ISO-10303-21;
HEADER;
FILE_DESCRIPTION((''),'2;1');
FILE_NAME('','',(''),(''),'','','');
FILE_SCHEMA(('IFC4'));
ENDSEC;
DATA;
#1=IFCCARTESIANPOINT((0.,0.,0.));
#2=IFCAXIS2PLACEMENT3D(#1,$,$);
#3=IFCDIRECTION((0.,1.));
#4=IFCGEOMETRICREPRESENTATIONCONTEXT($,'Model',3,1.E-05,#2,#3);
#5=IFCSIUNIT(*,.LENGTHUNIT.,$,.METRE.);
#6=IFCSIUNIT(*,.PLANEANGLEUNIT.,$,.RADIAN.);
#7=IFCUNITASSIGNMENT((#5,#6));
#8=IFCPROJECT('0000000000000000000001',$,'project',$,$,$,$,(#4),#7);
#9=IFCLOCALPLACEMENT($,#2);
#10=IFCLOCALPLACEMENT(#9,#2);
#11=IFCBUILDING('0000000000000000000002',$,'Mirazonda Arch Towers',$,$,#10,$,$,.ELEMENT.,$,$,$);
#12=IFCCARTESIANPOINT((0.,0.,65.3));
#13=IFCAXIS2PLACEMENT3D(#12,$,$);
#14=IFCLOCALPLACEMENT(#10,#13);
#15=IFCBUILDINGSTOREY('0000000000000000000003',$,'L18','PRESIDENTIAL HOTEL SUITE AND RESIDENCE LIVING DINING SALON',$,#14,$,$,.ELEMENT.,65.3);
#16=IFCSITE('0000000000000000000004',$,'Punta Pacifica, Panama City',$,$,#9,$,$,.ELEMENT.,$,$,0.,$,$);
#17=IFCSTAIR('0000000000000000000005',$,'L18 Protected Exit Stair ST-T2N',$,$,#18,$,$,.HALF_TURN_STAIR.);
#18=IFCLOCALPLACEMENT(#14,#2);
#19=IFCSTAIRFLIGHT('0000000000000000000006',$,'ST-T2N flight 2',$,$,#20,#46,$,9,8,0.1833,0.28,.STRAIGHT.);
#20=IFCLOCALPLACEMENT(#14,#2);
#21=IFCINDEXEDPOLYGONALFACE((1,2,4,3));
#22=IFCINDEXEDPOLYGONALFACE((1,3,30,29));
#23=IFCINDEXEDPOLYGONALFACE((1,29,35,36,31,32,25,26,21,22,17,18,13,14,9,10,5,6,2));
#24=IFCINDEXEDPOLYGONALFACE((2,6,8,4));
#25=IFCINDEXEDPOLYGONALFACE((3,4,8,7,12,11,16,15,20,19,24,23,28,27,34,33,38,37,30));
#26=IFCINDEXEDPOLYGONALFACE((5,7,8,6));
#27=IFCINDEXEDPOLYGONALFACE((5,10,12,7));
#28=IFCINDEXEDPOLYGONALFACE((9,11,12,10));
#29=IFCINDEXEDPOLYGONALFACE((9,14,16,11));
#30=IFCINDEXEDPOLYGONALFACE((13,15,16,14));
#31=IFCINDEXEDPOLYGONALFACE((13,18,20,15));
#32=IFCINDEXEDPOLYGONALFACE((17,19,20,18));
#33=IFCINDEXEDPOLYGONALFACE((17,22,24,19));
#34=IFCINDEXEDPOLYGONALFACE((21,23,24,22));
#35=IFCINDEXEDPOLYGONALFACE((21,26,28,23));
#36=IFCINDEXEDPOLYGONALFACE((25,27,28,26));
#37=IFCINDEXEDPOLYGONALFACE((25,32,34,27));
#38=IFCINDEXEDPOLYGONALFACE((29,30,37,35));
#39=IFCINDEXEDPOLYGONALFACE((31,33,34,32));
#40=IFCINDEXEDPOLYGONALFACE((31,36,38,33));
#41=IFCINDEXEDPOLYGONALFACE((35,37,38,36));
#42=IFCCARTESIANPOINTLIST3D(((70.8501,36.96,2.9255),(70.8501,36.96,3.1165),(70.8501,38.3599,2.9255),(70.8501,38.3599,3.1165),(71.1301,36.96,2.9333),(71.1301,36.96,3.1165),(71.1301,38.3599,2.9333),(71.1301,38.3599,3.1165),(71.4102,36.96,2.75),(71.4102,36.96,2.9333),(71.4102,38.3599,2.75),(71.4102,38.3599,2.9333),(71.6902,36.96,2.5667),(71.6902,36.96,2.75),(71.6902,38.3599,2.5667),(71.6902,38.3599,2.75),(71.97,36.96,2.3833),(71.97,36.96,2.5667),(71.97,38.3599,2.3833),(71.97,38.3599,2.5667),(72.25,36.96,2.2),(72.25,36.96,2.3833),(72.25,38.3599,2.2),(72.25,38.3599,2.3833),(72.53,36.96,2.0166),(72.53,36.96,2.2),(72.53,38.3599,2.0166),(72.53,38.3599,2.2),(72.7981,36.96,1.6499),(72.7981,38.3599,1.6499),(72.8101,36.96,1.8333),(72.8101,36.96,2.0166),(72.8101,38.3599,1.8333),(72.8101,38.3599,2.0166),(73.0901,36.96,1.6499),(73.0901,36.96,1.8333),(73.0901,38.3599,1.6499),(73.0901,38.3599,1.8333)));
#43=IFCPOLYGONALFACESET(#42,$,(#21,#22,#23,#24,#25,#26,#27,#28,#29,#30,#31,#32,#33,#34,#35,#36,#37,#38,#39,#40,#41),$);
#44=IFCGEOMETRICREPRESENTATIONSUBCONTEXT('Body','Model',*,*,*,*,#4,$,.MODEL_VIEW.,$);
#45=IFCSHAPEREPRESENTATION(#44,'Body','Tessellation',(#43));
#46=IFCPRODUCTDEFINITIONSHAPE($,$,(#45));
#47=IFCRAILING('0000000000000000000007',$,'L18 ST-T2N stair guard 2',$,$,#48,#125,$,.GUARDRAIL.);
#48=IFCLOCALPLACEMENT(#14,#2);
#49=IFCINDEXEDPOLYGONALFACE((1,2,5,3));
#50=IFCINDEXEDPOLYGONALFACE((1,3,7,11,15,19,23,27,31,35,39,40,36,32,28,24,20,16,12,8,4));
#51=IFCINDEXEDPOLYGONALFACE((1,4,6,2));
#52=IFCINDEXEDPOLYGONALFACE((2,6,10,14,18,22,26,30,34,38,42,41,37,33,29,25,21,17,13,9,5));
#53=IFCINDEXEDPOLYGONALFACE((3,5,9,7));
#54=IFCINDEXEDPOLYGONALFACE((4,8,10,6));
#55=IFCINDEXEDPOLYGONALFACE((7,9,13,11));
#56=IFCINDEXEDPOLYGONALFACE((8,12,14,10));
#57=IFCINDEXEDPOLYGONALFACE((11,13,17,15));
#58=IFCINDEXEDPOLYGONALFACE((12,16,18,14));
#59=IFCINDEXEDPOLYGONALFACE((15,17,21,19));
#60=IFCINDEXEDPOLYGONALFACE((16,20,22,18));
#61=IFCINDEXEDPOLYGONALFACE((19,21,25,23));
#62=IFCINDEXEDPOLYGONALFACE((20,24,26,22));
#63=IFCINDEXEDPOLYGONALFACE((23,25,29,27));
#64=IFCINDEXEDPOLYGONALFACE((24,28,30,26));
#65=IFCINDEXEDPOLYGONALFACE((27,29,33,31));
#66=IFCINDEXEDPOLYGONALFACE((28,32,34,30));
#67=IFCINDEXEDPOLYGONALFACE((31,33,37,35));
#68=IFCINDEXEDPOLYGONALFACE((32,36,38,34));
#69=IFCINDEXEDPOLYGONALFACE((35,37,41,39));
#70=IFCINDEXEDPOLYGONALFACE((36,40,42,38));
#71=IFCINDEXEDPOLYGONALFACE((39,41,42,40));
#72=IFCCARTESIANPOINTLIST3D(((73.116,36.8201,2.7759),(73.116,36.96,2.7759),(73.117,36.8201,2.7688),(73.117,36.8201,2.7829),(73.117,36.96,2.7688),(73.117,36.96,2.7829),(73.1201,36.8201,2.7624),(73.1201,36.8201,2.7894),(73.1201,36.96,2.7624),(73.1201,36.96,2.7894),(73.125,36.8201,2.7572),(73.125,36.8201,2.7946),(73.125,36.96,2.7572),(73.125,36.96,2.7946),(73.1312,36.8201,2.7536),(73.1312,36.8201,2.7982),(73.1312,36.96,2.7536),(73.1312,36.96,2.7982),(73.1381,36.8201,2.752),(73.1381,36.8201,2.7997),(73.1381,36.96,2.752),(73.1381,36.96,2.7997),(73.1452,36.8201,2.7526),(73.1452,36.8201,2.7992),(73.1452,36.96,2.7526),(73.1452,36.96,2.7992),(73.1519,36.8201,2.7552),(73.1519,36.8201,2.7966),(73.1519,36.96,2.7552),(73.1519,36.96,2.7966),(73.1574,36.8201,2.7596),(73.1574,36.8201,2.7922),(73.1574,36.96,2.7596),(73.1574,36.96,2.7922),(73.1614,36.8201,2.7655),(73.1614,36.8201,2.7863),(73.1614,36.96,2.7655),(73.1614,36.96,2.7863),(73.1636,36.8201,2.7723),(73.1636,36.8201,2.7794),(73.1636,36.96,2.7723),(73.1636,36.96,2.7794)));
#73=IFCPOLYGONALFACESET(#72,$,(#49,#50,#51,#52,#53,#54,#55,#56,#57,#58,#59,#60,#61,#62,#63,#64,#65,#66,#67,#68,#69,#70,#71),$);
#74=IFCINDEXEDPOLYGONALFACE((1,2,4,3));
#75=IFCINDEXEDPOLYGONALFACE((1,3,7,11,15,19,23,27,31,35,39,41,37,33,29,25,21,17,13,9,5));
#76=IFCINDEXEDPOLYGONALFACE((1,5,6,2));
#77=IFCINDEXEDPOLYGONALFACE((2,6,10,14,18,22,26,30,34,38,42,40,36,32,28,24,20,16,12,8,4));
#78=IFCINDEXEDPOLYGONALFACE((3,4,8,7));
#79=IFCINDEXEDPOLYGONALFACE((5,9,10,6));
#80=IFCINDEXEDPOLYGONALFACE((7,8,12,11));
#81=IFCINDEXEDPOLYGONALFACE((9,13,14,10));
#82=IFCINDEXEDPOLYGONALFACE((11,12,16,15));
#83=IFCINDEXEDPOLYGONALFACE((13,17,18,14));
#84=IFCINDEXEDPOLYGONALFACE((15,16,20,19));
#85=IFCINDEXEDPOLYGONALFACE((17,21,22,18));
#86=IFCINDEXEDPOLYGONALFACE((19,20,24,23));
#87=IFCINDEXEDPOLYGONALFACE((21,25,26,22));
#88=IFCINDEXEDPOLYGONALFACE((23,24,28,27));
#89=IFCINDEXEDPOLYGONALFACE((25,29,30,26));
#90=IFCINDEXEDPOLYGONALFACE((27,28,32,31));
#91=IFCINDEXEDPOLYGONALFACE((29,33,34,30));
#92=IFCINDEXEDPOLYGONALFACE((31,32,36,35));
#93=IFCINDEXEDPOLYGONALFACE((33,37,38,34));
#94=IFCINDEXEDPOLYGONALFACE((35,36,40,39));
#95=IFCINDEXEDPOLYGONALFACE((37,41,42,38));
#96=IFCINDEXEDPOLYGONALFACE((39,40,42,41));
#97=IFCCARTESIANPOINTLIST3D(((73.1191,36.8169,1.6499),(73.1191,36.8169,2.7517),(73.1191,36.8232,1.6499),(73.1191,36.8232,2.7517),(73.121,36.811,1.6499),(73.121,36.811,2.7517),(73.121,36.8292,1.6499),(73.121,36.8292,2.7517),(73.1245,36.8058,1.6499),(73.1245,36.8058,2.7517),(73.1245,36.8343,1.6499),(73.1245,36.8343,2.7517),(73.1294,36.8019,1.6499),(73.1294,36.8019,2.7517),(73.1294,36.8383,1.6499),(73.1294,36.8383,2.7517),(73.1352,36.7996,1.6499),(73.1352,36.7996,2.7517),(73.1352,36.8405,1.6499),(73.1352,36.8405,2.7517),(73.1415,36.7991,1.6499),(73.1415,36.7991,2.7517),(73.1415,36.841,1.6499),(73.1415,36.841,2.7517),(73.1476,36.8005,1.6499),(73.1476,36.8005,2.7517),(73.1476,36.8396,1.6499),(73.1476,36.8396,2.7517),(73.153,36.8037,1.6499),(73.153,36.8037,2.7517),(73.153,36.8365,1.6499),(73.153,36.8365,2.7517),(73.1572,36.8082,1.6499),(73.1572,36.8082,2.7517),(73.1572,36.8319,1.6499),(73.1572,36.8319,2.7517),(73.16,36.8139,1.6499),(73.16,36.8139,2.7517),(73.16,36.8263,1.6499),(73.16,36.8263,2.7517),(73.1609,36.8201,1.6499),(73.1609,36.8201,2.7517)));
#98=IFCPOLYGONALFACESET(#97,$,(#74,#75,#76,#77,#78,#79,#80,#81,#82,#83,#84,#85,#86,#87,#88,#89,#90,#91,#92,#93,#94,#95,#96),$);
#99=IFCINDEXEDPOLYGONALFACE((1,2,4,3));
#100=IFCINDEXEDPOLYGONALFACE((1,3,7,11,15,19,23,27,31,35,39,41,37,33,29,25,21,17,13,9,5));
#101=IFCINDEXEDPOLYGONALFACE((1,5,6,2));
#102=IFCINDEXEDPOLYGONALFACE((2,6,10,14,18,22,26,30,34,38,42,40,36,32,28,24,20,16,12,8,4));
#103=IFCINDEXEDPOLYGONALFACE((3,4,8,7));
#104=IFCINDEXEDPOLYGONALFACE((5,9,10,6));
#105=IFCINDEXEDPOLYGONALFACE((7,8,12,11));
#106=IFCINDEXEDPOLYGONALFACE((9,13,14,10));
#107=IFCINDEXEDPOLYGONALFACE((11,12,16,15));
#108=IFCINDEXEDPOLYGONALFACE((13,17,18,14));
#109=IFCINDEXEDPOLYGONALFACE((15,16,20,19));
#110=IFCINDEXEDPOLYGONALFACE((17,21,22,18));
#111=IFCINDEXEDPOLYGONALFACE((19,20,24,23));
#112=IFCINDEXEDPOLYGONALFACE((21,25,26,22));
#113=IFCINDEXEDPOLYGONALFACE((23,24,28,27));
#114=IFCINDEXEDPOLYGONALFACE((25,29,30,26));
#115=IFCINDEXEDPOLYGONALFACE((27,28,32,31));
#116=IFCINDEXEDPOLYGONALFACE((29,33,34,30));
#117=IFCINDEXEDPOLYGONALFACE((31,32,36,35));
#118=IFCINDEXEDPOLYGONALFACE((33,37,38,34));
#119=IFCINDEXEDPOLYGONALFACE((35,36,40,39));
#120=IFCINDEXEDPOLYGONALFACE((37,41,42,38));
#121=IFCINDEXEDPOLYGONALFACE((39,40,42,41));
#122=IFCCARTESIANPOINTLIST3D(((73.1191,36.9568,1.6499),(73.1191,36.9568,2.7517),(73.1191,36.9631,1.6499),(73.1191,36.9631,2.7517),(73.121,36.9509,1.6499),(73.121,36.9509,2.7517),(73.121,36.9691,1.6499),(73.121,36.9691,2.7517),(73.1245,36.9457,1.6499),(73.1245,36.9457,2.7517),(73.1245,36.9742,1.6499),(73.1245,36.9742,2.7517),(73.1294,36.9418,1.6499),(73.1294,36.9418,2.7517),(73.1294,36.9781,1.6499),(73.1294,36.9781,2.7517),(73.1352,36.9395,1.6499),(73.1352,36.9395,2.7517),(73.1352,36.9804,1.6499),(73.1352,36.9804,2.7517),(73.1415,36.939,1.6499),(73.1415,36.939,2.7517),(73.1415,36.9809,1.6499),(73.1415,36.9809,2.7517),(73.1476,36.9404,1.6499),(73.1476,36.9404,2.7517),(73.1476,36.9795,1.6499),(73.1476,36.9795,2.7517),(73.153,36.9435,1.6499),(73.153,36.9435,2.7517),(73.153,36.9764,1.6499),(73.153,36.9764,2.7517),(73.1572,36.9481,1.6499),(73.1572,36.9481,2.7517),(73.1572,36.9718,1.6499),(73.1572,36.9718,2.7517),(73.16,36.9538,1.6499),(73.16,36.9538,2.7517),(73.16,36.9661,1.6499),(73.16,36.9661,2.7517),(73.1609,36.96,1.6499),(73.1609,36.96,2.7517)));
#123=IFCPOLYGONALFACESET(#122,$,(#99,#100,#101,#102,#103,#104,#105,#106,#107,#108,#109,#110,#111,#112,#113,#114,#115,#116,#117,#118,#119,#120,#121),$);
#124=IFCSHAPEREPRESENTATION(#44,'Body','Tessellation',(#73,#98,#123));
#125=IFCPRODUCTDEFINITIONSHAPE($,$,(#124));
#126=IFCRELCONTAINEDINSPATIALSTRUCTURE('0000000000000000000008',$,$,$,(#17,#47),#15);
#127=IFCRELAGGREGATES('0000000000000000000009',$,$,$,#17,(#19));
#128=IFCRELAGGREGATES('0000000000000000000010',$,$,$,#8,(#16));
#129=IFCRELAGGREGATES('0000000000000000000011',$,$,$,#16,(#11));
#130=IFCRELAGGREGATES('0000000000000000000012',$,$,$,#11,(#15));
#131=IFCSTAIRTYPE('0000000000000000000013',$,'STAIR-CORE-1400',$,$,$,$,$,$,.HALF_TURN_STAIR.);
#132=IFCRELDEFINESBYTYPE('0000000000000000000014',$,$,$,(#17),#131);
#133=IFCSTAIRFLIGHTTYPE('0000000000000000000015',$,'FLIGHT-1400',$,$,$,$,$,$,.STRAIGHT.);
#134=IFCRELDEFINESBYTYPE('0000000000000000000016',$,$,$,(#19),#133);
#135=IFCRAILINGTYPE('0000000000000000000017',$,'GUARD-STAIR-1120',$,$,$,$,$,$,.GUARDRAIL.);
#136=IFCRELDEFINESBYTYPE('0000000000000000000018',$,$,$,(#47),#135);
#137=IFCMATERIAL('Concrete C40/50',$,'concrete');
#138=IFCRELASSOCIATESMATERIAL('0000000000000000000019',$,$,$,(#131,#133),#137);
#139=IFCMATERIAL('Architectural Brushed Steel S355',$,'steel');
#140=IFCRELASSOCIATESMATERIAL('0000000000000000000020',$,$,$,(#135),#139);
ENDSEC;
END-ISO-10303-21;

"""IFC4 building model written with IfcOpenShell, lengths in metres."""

from ifc_helpers import new_model, si_unit, direction, frame, origin, origin_2d, place, context, subcontext, project, spatial, polyline, circle, outline, extrude, material, type_object, element, aggregate, save


model = new_model("IFC4")

# Units and contexts
model_context = context("Model", 3, precision=1e-05, world=origin(), true_north=direction((0.0, 1.0)))
body_context = subcontext(model_context, "Body", "Model", "MODEL_VIEW")
ifc_project = project(units=[si_unit("LENGTHUNIT", "METRE"), si_unit("PLANEANGLEUNIT", "RADIAN")], contexts=[model_context])

# Site, building, storey
site_placement = place(None, origin())
site = spatial("IfcSite", under=ifc_project, at=site_placement, Name="Punta Pacifica, Panama City", CompositionType="ELEMENT", RefElevation=0.0)
building_placement = place(site_placement, origin())
building = spatial("IfcBuilding", under=site, at=building_placement, Name="Mirazonda Arch Towers", CompositionType="ELEMENT")
storey_placement = place(building_placement, frame((0.0, 0.0, 65.3)))
storey = spatial("IfcBuildingStorey", under=building, at=storey_placement, Name="L18", Description="PRESIDENTIAL HOTEL SUITE AND RESIDENCE LIVING DINING SALON", CompositionType="ELEMENT", Elevation=65.3)

# Shared definitions
ifc_material_1 = material(Name="Concrete C40/50", Category="concrete")

# Stair, stair flight
stair_type = type_object("IfcStairType", Name="STAIR-CORE-1400", PredefinedType="HALF_TURN_STAIR", material=ifc_material_1)
stair_placement = place(storey_placement, origin())
stair = element("IfcStair", 1, at=stair_placement, inside=storey, type_object=stair_type, Name="L18 Protected Exit Stair ST-T2N", PredefinedType="HALF_TURN_STAIR")
stair_flight_type = type_object("IfcStairFlightType", Name="FLIGHT-1400", PredefinedType="STRAIGHT", material=ifc_material_1)
stair_flight_placement = place(storey_placement, frame((73.0901, 37.6599, 1.6499), z_axis=(0.0, 0.0, 1.0), x_axis=(-1.0, 0.0, 0.0)))
stair_flight = element("IfcStairFlight", 2, at=stair_flight_placement, type_object=stair_flight_type, Name="ST-T2N flight 2", NumberOfRisers=9, NumberOfTreads=8, PredefinedType="STRAIGHT", RiserHeight=0.1833, TreadLength=0.28, context=body_context, shape_type="SweptSolid", body=[
    extrude(outline(polyline([(0.0, 0.0), (0.0, 0.1833), (0.28, 0.1833), (0.28, 0.3667), (0.5601, 0.3667), (0.5601, 0.55), (0.8401, 0.55), (0.8401, 0.7334), (1.1201, 0.7334), (1.1201, 0.9167), (1.3999, 0.9167), (1.3999, 1.1001), (1.6799, 1.1001), (1.6799, 1.2834), (1.96, 1.2834), (1.96, 1.4666), (2.24, 1.4666), (2.24, 1.6499), (2.24, 1.2756), (0.292, 0.0), (0.0, 0.0)])), frame((0.0, 0.7, 0.0), z_axis=(0.0, -1.0, 0.0), x_axis=(1.0, 0.0, 0.0)), (0.0, 0.0, 1.0), 1.3999),
])
aggregate(stair, [stair_flight])

# Railing
ifc_material_2 = material(Name="Architectural Brushed Steel S355", Category="steel")
railing_type_1 = type_object("IfcRailingType", Name="GUARD-STAIR-1120", PredefinedType="GUARDRAIL", material=ifc_material_2)
railing_1_placement = place(storey_placement, frame((73.1399, 36.8201, 1.6499)))
element("IfcRailing", 3, at=railing_1_placement, inside=storey, type_object=railing_type_1, Name="L18 ST-T2N stair guard 2", PredefinedType="GUARDRAIL", context=body_context, shape_type="SweptSolid", body=[
    extrude(circle(Radius=0.0239, at=origin_2d()), frame((0.0, 0.0, 1.126), z_axis=(0.0, 1.0, 0.0), x_axis=(-1.0, 0.0, 0.0)), (0.0, 0.0, 1.0), 0.1399),
    extrude(circle(Radius=0.021, at=origin_2d()), origin(), (0.0, 0.0, 1.0), 1.1018),
    extrude(circle(Radius=0.021, at=origin_2d()), frame((0.0, 0.1399, 0.0)), (0.0, 0.0, 1.0), 1.1018),
])

save(model, "model.ifc")
